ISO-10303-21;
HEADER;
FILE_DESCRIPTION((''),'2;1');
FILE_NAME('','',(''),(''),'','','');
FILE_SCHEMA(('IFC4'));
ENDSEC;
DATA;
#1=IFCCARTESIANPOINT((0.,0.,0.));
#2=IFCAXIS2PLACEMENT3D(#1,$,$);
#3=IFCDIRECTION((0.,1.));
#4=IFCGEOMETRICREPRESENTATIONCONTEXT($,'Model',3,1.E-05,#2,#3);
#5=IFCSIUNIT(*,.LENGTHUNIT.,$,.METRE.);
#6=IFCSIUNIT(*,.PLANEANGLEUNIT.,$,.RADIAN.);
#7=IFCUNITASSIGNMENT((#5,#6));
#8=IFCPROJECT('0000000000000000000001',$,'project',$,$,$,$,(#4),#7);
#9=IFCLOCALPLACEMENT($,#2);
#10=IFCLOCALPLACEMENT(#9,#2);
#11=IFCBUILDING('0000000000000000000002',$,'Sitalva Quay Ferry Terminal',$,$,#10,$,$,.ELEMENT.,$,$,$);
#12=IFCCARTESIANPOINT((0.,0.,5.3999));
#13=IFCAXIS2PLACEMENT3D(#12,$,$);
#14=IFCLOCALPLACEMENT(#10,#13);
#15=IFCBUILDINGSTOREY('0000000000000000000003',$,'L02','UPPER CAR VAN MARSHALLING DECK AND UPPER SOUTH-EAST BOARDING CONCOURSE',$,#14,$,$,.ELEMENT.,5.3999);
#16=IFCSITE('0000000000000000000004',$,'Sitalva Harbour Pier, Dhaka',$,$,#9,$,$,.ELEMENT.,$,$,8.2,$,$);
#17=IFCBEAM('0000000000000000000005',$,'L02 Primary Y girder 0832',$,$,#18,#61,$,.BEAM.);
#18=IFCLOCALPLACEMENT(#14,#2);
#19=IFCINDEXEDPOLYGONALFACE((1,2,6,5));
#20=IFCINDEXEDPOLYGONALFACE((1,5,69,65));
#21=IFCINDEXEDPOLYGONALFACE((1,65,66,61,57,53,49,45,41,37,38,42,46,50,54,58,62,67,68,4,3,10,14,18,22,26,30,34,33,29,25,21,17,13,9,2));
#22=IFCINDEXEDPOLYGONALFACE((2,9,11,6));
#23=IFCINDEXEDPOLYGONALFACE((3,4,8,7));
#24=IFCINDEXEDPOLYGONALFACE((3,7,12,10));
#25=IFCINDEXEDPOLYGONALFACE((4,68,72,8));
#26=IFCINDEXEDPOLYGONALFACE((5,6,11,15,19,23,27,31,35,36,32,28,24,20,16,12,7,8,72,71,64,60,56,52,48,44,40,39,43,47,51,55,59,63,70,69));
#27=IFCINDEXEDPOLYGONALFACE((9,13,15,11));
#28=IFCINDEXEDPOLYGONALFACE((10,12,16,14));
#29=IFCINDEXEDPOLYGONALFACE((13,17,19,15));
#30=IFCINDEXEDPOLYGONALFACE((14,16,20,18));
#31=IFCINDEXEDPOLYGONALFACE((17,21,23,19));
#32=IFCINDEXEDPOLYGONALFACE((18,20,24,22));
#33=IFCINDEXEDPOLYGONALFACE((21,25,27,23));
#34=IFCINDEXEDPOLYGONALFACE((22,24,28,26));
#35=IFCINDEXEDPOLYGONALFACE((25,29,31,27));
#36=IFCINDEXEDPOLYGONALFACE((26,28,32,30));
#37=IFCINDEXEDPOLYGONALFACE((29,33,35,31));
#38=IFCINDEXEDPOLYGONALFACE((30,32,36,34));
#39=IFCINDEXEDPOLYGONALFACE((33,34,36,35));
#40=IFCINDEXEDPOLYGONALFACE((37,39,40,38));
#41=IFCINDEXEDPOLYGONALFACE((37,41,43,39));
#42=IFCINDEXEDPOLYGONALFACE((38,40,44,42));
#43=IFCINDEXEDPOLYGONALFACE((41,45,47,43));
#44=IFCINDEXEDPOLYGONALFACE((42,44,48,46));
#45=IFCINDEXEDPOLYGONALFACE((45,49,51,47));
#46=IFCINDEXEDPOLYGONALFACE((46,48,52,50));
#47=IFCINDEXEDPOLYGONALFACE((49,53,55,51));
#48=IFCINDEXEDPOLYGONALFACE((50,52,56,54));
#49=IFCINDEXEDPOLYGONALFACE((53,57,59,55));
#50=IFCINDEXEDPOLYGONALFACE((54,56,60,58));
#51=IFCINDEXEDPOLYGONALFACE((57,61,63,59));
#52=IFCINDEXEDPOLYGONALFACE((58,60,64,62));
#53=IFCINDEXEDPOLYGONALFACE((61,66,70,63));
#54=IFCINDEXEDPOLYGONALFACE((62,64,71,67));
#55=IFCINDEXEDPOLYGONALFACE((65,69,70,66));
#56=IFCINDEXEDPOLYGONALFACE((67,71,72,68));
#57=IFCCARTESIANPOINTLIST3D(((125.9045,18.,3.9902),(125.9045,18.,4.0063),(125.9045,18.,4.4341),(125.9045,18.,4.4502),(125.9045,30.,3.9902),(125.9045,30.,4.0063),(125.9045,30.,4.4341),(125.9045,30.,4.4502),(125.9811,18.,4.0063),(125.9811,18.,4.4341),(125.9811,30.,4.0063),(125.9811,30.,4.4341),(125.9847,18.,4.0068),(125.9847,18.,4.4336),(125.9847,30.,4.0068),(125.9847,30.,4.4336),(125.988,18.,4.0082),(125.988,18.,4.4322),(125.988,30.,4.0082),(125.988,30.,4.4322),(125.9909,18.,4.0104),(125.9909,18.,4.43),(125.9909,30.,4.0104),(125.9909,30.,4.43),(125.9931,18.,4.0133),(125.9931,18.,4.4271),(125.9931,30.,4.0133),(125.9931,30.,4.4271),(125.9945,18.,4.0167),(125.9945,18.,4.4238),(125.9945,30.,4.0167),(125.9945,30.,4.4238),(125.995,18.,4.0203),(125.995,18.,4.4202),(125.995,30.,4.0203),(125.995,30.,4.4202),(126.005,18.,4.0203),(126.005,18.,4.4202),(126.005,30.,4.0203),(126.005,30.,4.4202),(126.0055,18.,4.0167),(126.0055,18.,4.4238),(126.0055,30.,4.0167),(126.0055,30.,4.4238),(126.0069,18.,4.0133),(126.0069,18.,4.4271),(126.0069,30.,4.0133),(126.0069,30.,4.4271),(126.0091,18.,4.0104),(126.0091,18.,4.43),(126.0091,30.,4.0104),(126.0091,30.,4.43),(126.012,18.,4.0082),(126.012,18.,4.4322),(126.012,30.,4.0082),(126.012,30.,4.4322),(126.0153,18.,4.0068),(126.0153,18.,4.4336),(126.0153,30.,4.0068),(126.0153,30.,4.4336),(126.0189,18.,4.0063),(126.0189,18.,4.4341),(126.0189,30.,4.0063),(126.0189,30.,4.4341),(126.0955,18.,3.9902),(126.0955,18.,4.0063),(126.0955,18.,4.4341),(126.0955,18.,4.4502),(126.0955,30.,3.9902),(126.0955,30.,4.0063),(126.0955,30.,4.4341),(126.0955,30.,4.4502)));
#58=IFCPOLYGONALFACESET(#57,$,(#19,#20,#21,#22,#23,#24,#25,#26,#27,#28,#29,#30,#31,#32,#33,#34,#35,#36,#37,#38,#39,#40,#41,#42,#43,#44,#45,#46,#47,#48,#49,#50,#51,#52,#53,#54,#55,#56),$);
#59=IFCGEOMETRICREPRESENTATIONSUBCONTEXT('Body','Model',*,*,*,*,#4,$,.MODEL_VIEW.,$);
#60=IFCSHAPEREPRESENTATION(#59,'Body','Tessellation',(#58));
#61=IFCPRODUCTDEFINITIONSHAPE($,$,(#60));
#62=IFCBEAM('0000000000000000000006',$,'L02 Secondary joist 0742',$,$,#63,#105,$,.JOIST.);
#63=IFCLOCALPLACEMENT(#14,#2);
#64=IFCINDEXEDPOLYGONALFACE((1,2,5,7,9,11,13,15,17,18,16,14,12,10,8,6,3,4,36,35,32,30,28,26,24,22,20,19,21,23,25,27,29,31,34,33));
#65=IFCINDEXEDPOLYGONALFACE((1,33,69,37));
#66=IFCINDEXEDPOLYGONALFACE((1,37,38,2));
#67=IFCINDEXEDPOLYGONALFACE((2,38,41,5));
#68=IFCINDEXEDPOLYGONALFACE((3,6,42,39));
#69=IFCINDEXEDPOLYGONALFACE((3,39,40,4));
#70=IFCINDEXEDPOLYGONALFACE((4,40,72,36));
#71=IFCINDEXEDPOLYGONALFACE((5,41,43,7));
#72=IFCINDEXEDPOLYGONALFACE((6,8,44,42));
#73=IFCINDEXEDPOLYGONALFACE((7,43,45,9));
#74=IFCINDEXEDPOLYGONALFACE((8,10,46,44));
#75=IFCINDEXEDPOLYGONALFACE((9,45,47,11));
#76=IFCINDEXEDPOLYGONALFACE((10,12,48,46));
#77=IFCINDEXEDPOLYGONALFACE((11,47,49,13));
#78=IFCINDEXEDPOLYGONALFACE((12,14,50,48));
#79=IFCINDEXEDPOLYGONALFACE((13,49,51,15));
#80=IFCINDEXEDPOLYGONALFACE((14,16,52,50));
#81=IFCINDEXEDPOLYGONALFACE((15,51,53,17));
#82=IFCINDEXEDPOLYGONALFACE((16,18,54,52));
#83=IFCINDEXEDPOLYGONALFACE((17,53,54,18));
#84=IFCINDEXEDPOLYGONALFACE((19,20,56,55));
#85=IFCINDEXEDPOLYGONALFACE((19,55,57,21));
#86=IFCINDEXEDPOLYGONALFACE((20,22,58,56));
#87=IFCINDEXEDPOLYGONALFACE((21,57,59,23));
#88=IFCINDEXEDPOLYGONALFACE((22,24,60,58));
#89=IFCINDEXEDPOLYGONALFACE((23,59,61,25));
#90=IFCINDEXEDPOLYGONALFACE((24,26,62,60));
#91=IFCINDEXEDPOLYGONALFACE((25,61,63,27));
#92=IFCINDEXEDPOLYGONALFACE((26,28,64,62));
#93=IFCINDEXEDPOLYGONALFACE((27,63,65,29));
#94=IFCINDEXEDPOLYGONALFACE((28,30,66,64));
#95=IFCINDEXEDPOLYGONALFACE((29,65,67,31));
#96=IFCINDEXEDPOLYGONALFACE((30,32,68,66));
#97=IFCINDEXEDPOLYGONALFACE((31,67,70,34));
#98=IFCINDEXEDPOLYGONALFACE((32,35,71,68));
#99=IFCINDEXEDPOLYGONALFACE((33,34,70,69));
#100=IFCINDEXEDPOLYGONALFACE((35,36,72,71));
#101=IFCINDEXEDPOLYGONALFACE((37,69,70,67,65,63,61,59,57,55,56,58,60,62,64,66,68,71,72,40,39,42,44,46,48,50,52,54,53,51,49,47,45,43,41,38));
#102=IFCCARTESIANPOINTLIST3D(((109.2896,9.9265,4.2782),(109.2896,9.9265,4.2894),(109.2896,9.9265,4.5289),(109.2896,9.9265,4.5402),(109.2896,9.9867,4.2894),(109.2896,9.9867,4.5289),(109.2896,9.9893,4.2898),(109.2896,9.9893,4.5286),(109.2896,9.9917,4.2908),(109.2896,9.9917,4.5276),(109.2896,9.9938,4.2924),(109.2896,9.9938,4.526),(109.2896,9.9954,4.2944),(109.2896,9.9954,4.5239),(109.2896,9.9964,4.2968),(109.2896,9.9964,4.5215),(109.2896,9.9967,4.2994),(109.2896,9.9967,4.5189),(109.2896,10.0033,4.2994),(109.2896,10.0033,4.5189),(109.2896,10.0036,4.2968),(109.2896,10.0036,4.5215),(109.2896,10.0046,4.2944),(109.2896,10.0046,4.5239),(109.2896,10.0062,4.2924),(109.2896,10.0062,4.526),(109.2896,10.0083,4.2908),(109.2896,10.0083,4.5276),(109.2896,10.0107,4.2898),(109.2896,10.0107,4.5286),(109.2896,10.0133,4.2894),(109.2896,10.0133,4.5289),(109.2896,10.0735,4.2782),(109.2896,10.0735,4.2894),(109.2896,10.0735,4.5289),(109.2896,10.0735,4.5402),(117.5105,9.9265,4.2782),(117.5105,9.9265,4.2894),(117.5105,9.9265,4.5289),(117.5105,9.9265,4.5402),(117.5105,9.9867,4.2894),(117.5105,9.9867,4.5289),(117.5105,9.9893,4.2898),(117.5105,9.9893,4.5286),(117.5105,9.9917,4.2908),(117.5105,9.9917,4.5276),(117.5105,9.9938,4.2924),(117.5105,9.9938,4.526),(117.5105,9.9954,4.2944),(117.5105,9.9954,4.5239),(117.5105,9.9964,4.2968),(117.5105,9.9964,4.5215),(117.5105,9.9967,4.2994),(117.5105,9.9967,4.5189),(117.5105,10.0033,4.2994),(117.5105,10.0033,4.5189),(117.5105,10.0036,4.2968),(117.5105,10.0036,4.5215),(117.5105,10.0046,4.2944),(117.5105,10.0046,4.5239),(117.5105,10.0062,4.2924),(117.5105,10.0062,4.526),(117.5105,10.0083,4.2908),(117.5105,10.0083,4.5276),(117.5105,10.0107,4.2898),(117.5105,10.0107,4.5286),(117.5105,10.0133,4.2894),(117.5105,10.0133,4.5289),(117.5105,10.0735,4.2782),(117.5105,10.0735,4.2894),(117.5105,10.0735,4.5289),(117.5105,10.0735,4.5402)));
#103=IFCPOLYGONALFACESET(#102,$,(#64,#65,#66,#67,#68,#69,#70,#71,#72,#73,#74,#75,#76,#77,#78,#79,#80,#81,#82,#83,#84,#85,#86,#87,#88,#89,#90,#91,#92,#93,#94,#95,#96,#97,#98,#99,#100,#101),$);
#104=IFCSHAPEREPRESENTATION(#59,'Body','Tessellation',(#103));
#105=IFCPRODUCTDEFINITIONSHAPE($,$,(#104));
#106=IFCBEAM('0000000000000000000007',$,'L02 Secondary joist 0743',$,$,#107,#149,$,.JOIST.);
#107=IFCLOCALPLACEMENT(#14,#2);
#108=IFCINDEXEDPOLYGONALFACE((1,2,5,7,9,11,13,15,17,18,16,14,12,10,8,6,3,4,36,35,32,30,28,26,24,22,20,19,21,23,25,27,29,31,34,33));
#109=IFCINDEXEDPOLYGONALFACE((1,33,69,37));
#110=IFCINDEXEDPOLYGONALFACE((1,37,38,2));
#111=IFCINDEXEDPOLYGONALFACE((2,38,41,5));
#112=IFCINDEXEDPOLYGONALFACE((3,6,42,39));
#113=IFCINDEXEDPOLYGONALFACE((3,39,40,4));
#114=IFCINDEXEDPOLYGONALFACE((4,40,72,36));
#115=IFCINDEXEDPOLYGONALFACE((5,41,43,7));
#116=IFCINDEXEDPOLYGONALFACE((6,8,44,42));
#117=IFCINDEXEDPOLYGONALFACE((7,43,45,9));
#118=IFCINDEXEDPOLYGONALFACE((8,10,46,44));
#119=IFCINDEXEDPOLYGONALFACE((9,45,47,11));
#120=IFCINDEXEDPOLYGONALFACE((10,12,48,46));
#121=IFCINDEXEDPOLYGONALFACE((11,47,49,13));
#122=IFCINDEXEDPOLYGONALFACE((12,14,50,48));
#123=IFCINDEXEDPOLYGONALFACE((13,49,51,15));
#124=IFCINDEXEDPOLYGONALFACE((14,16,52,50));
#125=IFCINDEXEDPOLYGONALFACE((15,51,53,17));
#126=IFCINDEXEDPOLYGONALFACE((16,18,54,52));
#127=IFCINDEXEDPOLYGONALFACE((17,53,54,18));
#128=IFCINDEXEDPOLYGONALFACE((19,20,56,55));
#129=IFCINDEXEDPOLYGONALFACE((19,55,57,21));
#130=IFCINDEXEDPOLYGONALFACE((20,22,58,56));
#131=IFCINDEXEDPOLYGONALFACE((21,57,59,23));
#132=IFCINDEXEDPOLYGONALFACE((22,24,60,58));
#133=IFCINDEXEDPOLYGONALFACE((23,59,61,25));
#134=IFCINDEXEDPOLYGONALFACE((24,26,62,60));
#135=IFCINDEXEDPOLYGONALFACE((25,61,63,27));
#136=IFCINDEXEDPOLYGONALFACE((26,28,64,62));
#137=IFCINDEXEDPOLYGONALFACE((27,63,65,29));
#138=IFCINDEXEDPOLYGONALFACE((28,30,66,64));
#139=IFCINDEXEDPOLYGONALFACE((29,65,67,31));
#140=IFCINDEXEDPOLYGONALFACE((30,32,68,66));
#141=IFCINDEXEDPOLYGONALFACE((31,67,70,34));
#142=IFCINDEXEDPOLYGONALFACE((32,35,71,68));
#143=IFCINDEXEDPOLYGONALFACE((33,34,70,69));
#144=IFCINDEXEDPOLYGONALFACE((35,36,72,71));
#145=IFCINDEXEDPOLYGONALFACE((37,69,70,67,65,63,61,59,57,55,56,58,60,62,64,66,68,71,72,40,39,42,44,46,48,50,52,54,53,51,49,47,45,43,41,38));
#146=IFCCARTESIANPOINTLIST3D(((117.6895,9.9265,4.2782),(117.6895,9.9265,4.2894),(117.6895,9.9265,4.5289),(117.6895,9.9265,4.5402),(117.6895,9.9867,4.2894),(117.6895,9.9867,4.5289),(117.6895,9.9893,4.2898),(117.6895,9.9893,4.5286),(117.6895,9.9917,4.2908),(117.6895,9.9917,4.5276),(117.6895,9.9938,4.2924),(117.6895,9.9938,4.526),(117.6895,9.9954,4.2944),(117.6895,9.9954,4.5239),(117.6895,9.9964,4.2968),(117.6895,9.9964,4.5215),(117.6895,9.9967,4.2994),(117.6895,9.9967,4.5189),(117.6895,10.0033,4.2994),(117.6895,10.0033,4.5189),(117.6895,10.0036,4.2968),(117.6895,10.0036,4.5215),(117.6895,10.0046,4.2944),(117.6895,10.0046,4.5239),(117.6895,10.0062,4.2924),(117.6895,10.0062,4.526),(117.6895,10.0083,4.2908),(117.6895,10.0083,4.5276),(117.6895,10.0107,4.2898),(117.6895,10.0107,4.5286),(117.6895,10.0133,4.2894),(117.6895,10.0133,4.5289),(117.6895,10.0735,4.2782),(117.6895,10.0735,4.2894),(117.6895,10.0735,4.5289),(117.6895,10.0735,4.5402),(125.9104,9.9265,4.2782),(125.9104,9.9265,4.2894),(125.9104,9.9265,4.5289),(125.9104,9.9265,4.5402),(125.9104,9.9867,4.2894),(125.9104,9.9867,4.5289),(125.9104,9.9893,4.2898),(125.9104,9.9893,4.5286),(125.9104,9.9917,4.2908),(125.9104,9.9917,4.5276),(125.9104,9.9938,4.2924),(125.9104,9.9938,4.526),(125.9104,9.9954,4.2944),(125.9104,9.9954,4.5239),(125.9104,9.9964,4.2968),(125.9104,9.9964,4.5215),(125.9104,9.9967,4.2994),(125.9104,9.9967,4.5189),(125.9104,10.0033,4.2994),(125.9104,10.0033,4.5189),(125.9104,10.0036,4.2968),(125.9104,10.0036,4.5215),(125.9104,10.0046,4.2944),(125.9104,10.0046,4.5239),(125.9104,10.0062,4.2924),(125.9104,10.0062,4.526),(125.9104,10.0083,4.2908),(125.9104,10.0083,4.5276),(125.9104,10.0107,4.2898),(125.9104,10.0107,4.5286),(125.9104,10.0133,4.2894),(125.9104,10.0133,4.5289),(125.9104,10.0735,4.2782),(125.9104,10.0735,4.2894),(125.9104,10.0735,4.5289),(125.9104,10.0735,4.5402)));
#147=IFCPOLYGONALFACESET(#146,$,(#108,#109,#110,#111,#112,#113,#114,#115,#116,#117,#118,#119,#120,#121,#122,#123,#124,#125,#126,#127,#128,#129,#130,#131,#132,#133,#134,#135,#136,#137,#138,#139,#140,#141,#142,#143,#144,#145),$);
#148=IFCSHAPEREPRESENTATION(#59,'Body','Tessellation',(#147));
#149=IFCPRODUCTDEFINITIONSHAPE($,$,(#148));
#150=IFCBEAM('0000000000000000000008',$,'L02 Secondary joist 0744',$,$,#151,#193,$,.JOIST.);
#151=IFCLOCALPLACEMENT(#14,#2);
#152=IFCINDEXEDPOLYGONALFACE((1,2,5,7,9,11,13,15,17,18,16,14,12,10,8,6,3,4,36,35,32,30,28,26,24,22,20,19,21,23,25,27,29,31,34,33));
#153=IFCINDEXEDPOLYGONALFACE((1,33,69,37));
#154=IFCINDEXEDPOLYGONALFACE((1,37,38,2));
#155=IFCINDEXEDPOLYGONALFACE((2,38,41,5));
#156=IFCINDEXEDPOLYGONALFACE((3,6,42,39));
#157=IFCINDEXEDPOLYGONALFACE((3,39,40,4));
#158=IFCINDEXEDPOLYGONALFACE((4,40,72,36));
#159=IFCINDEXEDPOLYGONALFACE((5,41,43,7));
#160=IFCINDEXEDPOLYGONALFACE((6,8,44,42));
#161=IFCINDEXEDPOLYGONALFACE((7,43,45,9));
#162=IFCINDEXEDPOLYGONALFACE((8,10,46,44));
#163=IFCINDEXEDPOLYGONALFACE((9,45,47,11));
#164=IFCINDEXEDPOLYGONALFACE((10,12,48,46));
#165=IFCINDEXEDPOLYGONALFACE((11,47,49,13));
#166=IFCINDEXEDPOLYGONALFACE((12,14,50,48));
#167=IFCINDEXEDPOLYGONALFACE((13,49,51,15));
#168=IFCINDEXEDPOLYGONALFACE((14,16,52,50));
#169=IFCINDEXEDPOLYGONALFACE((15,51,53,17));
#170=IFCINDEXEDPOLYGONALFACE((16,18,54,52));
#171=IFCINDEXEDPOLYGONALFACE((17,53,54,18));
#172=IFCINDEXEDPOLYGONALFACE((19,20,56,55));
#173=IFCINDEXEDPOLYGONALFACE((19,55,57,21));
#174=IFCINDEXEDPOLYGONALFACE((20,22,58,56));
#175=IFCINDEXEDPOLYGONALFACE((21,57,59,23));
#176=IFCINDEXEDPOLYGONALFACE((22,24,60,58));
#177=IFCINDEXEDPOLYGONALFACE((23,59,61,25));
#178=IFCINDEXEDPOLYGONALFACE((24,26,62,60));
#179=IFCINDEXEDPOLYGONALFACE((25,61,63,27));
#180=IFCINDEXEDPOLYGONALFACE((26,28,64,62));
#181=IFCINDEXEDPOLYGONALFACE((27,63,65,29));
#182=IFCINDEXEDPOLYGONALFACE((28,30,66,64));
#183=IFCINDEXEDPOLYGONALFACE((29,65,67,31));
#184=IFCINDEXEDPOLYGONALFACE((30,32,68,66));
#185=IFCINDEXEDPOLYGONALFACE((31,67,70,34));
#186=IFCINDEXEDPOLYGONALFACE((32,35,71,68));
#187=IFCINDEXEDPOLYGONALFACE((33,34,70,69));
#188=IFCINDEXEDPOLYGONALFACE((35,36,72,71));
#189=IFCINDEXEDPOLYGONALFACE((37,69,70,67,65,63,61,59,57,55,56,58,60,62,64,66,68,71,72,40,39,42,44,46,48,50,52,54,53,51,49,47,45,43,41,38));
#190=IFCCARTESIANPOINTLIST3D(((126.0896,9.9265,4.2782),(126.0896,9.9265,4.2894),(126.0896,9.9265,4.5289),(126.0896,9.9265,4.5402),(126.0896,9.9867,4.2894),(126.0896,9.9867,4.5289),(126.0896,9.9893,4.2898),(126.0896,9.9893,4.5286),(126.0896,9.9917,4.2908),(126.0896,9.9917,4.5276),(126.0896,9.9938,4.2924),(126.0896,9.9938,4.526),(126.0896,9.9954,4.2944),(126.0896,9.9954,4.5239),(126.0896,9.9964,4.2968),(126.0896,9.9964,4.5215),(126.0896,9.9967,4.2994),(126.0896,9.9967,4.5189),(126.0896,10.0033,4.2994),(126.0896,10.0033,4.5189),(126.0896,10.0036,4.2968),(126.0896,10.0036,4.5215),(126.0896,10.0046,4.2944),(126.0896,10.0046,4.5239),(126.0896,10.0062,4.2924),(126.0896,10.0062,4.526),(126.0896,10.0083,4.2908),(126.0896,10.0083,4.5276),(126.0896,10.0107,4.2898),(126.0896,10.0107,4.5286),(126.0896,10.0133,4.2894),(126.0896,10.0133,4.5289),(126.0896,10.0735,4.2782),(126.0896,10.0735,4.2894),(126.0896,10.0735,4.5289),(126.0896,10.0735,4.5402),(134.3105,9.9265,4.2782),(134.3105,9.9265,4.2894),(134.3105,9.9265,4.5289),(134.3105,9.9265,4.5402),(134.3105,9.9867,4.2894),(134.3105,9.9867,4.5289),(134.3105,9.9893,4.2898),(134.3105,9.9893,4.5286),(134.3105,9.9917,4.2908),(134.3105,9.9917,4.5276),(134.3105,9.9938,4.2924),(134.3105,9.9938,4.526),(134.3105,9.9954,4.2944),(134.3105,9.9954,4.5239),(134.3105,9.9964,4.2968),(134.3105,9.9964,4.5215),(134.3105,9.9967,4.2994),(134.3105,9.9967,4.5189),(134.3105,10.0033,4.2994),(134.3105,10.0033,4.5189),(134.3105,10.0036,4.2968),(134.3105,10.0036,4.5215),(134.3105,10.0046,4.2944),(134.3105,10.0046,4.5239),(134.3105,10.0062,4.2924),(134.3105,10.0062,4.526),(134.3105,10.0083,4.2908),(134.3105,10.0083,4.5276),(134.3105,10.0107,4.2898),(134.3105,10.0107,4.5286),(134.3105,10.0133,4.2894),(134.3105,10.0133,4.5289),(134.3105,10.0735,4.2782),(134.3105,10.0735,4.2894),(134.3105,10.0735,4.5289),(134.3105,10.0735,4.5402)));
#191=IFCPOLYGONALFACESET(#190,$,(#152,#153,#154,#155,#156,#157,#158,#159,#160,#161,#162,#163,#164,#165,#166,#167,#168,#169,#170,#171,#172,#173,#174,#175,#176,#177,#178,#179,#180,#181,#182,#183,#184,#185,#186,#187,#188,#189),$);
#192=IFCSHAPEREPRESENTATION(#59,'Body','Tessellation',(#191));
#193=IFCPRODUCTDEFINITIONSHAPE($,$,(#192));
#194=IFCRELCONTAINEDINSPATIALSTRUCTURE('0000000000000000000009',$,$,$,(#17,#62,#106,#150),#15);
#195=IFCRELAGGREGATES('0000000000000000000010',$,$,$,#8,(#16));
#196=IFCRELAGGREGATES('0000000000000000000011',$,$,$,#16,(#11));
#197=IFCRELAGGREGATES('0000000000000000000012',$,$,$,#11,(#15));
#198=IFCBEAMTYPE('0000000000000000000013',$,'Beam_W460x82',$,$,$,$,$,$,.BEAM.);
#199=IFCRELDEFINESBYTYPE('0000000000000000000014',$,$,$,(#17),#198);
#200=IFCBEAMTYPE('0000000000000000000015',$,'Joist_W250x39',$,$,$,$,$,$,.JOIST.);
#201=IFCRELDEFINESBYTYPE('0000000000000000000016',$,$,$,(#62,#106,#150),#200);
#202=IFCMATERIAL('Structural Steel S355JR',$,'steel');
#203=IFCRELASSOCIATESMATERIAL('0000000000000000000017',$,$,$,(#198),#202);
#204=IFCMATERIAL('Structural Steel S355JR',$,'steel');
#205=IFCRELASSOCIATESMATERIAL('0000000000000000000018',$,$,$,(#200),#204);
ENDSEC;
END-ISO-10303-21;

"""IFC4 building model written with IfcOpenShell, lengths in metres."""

from ifc_helpers import new_model, si_unit, direction, frame, origin, origin_2d, place, context, subcontext, project, spatial, i_section, extrude, material, material_profile, profile_set, type_object, element, save


model = new_model("IFC4")

# Units and contexts
model_context = context("Model", 3, precision=1e-05, world=origin(), true_north=direction((0.0, 1.0)))
body_context = subcontext(model_context, "Body", "Model", "MODEL_VIEW")
ifc_project = project(units=[si_unit("LENGTHUNIT", "METRE"), si_unit("PLANEANGLEUNIT", "RADIAN")], contexts=[model_context])

# Site, building, storey
site_placement = place(None, origin())
site = spatial("IfcSite", under=ifc_project, at=site_placement, Name="Sitalva Harbour Pier, Dhaka", CompositionType="ELEMENT", RefElevation=8.2)
building_placement = place(site_placement, origin())
building = spatial("IfcBuilding", under=site, at=building_placement, Name="Sitalva Quay Ferry Terminal", CompositionType="ELEMENT")
storey_placement = place(building_placement, frame((0.0, 0.0, 5.3999)))
storey = spatial("IfcBuildingStorey", under=building, at=storey_placement, Name="L02", Description="UPPER CAR VAN MARSHALLING DECK AND UPPER SOUTH-EAST BOARDING CONCOURSE", CompositionType="ELEMENT", Elevation=5.3999)

# Beams
ifc_material_1 = material(Name="Structural Steel S355JR", Category="steel")
ifc_material_profile_1 = material_profile(ifc_material_1, i_section(OverallWidth=0.1909, OverallDepth=0.46, WebThickness=0.01, FlangeThickness=0.0161, FilletRadius=0.0139, at=origin_2d()), Name="W460x82")
ifc_profile_set_1 = profile_set([ifc_material_profile_1], Name="Structural Steel S355JR")
beam_type_1 = type_object("IfcBeamType", Name="Beam_W460x82", PredefinedType="BEAM", material=ifc_profile_set_1)
for number, where, z_axis, x_axis, name in (
    (1, (126.0, 18.0, 4.2202), (0.0, 1.0, 0.0), (-1.0, 0.0, 0.0), "L02 Primary Y girder 0832"),
):
    element("IfcBeam", number, at=place(storey_placement, frame(where, z_axis=z_axis, x_axis=x_axis)), inside=storey, type_object=beam_type_1, Name=name, PredefinedType="BEAM", context=body_context, shape_type="SweptSolid", body=[
        extrude(i_section(OverallWidth=0.1909, OverallDepth=0.46, WebThickness=0.01, FlangeThickness=0.0161, FilletRadius=0.0139, at=origin_2d()), origin(), (0.0, 0.0, 1.0), 12.0),
    ])
ifc_material_2 = material(Name="Structural Steel S355JR", Category="steel")
ifc_material_profile_2 = material_profile(ifc_material_2, i_section(OverallWidth=0.147, OverallDepth=0.262, WebThickness=0.0066, FlangeThickness=0.0112, FilletRadius=0.01, at=origin_2d()), Name="W250x39")
ifc_profile_set_2 = profile_set([ifc_material_profile_2], Name="Structural Steel S355JR")
beam_type_2 = type_object("IfcBeamType", Name="Joist_W250x39", PredefinedType="JOIST", material=ifc_profile_set_2)
for number, where, z_axis, x_axis, name in (
    (2, (109.2896, 10.0, 4.4092), (1.0, 0.0, 0.0), (0.0, 1.0, 0.0), "L02 Secondary joist 0742"),
    (3, (117.6895, 10.0, 4.4092), (1.0, 0.0, 0.0), (0.0, 1.0, 0.0), "L02 Secondary joist 0743"),
    (4, (126.0896, 10.0, 4.4092), (1.0, 0.0, 0.0), (0.0, 1.0, 0.0), "L02 Secondary joist 0744"),
):
    element("IfcBeam", number, at=place(storey_placement, frame(where, z_axis=z_axis, x_axis=x_axis)), inside=storey, type_object=beam_type_2, Name=name, PredefinedType="JOIST", context=body_context, shape_type="SweptSolid", body=[
        extrude(i_section(OverallWidth=0.147, OverallDepth=0.262, WebThickness=0.0066, FlangeThickness=0.0112, FilletRadius=0.01, at=origin_2d()), origin(), (0.0, 0.0, 1.0), 8.2209),
    ])

save(model, "model.ifc")
